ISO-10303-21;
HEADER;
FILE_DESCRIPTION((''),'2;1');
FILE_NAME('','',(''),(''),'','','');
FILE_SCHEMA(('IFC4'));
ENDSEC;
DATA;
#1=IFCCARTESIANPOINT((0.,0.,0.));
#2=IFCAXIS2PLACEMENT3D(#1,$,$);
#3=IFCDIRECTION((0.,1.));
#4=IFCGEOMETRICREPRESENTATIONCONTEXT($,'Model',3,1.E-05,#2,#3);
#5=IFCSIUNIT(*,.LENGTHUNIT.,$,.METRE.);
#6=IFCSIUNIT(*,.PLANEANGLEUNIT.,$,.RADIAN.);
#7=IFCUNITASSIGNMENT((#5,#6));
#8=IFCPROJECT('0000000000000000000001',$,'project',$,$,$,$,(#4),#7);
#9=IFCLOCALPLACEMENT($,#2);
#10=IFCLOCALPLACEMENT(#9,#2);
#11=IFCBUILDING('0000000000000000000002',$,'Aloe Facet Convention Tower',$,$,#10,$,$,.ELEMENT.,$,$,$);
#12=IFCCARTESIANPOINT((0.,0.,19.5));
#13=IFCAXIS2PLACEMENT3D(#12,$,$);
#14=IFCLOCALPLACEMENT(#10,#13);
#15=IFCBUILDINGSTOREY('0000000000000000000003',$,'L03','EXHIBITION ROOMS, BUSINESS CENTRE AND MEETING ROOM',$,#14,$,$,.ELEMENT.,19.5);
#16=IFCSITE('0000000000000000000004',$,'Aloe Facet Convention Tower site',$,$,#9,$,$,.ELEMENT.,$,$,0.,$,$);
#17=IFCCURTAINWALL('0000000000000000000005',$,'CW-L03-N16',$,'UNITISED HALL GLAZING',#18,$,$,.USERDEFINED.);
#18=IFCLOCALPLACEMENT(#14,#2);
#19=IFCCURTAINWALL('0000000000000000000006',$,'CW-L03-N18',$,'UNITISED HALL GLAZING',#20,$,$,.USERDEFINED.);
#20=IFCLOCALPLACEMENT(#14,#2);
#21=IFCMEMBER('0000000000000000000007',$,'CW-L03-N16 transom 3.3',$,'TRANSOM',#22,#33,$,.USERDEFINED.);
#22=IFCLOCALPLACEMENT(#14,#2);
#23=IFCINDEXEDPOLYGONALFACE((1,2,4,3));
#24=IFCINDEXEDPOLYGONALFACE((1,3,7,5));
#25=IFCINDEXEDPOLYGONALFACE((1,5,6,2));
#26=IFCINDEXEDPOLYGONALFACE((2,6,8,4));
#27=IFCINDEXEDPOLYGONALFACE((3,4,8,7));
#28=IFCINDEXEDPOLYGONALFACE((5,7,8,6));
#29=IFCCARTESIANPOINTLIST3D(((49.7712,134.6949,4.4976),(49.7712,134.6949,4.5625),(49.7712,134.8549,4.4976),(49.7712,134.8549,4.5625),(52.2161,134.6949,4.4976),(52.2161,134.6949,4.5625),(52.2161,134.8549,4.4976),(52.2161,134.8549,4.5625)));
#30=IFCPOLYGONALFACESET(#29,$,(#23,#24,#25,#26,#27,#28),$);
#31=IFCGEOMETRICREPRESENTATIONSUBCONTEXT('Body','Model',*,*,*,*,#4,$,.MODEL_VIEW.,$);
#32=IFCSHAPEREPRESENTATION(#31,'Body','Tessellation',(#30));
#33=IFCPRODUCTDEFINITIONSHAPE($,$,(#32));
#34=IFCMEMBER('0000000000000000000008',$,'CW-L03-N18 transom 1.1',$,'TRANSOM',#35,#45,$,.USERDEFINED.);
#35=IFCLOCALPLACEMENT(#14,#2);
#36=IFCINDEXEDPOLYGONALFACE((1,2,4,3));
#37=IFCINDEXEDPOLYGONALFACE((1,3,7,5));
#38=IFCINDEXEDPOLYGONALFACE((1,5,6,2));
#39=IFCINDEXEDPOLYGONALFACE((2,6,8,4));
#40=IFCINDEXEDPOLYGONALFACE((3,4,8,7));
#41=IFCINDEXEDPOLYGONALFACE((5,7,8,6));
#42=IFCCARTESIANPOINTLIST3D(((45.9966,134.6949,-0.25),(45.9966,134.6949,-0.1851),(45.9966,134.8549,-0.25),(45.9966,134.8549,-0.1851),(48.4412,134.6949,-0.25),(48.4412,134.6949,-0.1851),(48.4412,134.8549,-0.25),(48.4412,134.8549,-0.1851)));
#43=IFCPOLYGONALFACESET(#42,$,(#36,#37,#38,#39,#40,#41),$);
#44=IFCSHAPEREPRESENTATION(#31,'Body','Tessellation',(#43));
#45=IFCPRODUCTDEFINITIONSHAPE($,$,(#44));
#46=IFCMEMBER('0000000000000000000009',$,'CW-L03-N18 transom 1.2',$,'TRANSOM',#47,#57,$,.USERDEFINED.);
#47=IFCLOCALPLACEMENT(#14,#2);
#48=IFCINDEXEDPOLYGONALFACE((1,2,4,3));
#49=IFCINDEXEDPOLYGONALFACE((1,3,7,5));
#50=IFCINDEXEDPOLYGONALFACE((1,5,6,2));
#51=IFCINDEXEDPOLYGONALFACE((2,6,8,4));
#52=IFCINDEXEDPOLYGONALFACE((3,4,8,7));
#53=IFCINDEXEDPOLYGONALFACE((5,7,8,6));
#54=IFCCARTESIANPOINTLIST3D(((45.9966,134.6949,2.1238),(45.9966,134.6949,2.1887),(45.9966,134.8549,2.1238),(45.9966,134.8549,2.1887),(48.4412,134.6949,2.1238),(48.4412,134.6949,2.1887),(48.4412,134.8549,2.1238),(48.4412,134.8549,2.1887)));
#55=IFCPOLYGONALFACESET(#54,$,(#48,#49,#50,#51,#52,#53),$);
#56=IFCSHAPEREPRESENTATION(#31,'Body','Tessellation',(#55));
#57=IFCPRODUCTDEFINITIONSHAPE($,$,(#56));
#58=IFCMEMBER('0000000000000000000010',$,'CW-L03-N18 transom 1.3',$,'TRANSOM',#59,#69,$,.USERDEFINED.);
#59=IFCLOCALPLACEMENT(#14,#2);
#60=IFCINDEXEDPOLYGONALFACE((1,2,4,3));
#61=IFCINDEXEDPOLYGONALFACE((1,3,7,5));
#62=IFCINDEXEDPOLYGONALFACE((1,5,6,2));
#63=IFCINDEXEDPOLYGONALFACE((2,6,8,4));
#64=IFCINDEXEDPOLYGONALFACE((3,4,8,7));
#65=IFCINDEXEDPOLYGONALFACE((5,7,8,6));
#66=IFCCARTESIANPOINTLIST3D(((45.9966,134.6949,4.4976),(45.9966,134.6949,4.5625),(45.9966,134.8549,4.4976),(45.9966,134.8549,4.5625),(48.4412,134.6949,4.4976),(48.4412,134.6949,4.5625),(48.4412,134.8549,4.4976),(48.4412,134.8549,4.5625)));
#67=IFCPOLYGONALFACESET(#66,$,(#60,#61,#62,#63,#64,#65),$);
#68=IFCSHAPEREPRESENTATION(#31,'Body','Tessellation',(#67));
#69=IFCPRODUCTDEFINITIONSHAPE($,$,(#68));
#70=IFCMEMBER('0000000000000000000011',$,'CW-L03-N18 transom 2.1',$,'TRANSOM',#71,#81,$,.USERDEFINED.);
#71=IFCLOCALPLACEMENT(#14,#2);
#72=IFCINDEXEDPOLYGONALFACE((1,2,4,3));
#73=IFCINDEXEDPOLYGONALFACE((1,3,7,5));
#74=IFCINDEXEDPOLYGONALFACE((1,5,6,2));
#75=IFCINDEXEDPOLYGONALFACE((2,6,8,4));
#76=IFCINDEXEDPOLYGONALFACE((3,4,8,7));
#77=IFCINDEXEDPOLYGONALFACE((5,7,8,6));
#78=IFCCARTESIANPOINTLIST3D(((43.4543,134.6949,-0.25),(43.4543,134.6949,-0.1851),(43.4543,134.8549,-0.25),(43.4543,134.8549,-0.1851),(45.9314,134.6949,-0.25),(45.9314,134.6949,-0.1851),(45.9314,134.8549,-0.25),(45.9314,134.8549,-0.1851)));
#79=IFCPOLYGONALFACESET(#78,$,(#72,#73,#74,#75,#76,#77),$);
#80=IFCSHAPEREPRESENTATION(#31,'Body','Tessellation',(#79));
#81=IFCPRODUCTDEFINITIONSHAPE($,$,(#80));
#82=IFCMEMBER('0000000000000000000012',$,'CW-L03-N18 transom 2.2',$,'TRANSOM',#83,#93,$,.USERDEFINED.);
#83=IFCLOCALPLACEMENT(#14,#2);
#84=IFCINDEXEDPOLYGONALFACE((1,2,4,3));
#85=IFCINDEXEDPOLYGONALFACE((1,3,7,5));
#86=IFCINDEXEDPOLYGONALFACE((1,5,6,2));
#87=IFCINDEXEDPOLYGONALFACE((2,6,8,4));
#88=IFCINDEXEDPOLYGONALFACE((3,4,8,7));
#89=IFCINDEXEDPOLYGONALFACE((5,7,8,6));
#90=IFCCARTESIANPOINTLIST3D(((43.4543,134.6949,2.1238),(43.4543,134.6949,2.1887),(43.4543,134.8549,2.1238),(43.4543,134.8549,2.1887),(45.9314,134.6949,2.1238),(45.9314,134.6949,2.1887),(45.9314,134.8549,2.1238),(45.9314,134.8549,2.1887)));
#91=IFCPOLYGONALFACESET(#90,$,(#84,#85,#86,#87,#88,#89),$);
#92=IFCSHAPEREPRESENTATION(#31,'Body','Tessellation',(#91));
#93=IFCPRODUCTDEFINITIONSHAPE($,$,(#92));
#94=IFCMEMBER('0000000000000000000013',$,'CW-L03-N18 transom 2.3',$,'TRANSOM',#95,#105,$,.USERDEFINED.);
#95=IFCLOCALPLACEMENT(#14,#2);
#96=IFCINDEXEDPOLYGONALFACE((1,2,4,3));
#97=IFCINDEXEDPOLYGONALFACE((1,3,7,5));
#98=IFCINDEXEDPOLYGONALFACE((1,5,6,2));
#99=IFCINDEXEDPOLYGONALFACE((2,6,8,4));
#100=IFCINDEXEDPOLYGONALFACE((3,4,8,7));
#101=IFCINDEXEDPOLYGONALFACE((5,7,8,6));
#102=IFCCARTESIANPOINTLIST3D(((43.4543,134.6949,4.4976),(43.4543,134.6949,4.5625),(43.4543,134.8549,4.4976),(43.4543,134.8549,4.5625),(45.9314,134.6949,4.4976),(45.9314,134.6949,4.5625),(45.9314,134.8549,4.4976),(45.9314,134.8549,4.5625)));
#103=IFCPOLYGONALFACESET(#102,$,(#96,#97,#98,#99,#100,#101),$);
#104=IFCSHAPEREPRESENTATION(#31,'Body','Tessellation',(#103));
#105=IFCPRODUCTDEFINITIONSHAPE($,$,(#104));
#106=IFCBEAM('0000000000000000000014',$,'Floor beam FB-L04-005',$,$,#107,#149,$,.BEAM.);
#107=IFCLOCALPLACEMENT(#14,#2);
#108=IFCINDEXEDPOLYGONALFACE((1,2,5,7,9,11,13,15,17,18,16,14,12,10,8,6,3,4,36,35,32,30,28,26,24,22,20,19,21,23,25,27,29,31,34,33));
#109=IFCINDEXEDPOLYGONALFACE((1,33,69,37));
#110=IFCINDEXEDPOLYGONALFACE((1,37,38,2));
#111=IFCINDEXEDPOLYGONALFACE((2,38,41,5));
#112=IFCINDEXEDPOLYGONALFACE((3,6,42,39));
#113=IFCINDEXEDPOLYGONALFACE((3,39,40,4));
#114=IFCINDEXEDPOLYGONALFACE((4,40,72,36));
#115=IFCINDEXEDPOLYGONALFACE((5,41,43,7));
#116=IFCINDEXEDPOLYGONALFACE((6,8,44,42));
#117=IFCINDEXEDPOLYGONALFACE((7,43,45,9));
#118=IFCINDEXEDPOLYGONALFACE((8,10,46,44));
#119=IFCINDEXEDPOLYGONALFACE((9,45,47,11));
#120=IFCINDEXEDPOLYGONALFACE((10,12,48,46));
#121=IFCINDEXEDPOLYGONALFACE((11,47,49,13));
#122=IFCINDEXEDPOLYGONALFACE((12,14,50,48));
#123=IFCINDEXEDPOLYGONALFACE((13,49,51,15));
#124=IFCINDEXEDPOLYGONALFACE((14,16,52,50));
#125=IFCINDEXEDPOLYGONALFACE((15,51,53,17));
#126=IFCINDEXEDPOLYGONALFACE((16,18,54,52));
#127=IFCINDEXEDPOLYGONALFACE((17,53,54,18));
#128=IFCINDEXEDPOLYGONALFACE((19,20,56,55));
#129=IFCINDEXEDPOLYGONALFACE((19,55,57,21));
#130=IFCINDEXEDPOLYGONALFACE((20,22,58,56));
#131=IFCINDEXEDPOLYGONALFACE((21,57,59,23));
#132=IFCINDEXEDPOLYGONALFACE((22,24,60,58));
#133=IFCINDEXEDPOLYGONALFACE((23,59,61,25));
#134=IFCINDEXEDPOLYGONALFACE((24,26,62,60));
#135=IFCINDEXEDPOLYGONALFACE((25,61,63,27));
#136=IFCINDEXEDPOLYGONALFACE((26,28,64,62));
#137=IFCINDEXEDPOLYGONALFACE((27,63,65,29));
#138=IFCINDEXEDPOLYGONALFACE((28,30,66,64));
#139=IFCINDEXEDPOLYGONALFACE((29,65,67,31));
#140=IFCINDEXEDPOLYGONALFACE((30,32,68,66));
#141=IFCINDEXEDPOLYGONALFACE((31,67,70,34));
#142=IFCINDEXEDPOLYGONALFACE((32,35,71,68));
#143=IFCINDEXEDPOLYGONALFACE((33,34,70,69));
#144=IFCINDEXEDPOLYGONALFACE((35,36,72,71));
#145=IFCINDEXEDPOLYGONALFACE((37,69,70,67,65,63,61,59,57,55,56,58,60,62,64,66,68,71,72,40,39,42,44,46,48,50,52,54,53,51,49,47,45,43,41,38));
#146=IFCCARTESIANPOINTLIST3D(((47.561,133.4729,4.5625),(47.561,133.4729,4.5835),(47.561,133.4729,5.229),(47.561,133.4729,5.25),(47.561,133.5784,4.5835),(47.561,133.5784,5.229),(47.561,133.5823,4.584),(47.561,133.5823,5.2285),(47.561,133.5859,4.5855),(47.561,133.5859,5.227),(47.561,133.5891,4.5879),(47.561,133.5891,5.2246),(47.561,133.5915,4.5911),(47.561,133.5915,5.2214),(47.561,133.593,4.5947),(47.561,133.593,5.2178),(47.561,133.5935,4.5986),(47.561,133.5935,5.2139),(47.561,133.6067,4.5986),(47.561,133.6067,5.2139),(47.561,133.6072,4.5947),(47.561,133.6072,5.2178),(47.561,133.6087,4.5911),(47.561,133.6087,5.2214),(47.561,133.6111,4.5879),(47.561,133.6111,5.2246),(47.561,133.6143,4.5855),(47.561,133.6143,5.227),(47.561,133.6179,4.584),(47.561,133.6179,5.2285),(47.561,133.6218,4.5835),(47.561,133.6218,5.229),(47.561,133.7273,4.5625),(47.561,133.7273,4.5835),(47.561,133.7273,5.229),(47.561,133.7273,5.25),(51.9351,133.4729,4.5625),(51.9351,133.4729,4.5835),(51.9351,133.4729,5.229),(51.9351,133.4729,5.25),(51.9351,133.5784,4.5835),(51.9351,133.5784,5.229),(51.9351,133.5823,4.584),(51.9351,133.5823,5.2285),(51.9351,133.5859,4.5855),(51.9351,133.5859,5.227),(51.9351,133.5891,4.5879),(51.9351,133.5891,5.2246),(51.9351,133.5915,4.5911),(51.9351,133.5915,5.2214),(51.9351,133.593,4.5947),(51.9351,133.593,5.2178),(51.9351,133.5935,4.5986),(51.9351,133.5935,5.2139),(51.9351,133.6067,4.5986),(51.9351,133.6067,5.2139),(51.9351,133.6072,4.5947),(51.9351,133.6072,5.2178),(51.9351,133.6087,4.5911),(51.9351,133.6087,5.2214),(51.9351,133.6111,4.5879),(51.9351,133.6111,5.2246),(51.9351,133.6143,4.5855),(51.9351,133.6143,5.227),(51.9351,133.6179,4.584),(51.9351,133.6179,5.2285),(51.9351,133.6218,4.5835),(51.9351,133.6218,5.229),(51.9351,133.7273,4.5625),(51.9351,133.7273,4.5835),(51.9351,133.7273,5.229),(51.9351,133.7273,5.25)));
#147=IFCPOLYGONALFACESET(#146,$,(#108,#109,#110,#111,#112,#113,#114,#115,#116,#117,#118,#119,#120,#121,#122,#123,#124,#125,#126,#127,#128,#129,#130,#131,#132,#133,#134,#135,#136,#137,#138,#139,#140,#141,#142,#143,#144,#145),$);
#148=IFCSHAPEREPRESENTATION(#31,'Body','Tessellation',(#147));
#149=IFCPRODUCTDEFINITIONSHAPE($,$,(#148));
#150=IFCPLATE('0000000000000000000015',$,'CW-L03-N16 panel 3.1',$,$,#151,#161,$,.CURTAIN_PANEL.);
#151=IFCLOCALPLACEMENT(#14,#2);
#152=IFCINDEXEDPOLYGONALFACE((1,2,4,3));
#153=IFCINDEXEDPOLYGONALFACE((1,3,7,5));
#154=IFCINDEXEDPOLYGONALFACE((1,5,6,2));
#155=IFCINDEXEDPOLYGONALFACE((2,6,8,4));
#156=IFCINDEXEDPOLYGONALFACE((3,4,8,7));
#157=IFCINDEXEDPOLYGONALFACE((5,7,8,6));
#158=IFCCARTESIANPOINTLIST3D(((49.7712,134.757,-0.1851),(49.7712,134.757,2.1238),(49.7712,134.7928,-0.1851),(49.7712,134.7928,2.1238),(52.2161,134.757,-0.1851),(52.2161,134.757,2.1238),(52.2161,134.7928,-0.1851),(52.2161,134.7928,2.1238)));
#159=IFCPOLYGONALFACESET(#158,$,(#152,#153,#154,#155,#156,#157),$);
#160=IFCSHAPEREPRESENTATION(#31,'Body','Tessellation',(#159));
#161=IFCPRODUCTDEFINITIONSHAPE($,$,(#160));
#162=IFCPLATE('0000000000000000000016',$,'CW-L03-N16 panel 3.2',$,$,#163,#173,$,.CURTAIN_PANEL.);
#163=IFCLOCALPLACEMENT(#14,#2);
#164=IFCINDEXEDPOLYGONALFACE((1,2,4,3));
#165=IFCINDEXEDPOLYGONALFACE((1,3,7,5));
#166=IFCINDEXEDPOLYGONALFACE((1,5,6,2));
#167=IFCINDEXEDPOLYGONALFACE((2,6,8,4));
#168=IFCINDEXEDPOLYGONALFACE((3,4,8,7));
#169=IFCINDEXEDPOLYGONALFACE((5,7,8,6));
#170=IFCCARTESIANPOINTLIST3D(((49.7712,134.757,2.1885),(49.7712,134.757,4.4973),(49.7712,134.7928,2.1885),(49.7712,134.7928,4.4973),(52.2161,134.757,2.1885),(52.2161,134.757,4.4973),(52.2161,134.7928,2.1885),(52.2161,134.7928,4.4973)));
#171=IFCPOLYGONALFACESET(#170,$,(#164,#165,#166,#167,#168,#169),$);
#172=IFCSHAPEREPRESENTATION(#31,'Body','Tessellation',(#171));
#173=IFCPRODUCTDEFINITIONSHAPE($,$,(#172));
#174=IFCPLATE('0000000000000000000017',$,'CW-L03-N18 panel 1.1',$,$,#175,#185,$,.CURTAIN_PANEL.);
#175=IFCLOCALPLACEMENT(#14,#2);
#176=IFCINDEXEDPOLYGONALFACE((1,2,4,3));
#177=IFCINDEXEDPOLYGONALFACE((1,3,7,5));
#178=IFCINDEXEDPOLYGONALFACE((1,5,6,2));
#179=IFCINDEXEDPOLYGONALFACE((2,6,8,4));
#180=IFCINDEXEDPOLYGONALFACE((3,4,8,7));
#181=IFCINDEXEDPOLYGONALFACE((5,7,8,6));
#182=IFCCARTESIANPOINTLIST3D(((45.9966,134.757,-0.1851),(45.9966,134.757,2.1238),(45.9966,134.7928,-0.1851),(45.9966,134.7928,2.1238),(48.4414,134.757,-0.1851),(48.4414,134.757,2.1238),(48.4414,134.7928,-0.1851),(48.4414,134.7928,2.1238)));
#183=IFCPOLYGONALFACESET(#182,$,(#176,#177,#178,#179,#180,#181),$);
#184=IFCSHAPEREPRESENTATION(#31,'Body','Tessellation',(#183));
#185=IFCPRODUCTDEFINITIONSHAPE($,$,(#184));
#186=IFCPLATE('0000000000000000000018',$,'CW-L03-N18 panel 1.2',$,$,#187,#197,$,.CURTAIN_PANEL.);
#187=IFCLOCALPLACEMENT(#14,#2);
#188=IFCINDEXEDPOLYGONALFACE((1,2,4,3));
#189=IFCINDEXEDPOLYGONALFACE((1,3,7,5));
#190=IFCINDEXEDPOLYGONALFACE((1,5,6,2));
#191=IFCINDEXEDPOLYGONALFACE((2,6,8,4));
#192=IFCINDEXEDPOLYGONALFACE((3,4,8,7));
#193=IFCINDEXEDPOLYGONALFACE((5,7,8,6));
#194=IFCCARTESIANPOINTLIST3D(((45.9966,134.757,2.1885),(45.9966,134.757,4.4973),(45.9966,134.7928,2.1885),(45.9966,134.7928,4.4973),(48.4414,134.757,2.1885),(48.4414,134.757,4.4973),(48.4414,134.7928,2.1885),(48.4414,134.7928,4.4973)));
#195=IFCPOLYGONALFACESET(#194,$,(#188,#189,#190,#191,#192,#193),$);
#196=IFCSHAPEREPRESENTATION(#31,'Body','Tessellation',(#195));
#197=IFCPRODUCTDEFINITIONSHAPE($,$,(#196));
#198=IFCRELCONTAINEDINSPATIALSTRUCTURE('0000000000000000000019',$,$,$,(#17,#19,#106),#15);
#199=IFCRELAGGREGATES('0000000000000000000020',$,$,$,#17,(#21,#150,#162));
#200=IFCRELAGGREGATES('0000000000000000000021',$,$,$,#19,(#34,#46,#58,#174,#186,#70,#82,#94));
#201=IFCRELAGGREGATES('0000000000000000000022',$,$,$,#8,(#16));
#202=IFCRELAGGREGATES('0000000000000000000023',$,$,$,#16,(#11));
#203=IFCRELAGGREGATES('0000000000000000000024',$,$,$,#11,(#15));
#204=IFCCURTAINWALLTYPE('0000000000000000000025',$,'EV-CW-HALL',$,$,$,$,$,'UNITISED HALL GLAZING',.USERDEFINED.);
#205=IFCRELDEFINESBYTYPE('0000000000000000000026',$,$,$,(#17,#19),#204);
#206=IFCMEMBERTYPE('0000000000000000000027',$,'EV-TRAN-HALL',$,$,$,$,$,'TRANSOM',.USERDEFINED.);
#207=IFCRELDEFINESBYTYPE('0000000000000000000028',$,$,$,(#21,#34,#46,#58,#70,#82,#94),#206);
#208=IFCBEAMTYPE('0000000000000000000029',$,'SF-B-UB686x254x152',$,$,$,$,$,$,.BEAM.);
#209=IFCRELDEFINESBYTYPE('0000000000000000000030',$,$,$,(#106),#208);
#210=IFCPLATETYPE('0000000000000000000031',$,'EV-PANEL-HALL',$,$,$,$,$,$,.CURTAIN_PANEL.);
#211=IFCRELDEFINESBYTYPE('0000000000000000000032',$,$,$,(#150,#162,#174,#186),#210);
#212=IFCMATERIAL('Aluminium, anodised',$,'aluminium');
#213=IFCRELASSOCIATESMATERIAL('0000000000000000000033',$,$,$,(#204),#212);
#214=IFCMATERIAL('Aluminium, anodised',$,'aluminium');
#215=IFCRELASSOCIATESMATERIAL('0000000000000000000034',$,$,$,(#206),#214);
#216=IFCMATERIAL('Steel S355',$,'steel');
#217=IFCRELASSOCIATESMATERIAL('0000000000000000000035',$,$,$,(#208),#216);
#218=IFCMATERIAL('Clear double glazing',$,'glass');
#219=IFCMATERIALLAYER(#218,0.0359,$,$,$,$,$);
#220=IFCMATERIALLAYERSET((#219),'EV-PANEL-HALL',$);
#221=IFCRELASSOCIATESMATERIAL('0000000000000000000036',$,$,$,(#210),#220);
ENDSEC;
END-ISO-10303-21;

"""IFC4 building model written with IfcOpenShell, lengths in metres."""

from ifc_helpers import new_model, si_unit, direction, frame, origin, origin_2d, place, context, subcontext, project, spatial, rectangle, i_section, extrude, material, layer, layer_set, material_profile, profile_set, type_object, element, aggregate, save


model = new_model("IFC4")

# Units and contexts
model_context = context("Model", 3, precision=1e-05, world=origin(), true_north=direction((0.0, 1.0)))
body_context = subcontext(model_context, "Body", "Model", "MODEL_VIEW")
ifc_project = project(units=[si_unit("LENGTHUNIT", "METRE"), si_unit("PLANEANGLEUNIT", "RADIAN")], contexts=[model_context])

# Site, building, storey
site_placement = place(None, origin())
site = spatial("IfcSite", under=ifc_project, at=site_placement, Name="Aloe Facet Convention Tower site", CompositionType="ELEMENT", RefElevation=0.0)
building_placement = place(site_placement, origin())
building = spatial("IfcBuilding", under=site, at=building_placement, Name="Aloe Facet Convention Tower", CompositionType="ELEMENT")
storey_placement = place(building_placement, frame((0.0, 0.0, 19.5)))
storey = spatial("IfcBuildingStorey", under=building, at=storey_placement, Name="L03", Description="EXHIBITION ROOMS, BUSINESS CENTRE AND MEETING ROOM", CompositionType="ELEMENT", Elevation=19.5)

# Curtain wall
ifc_material_1 = material(Name="Aluminium, anodised", Category="aluminium")
curtain_wall_type = type_object("IfcCurtainWallType", Name="EV-CW-HALL", ElementType="UNITISED HALL GLAZING", PredefinedType="USERDEFINED", material=ifc_material_1)
curtain_wall_1_placement = place(storey_placement, origin())
curtain_wall_1 = element("IfcCurtainWall", 1, at=curtain_wall_1_placement, inside=storey, type_object=curtain_wall_type, Name="CW-L03-N16", ObjectType="UNITISED HALL GLAZING", PredefinedType="USERDEFINED")

# Curtain wall
curtain_wall_2_placement = place(storey_placement, origin())
curtain_wall_2 = element("IfcCurtainWall", 2, at=curtain_wall_2_placement, inside=storey, type_object=curtain_wall_type, Name="CW-L03-N18", ObjectType="UNITISED HALL GLAZING", PredefinedType="USERDEFINED")

# Members
ifc_material_2 = material(Name="Aluminium, anodised", Category="aluminium")
ifc_material_profile_1 = material_profile(ifc_material_2, rectangle(XDim=0.1599, YDim=0.0649, at=origin_2d()), Name="AL 160x65")
ifc_profile_set_1 = profile_set([ifc_material_profile_1], Name="Aluminium, anodised")
member_type_1 = type_object("IfcMemberType", Name="EV-TRAN-HALL", ElementType="TRANSOM", PredefinedType="USERDEFINED", material=ifc_profile_set_1)
member_1_placement = place(storey_placement, frame((52.2161, 134.7749, 4.53), z_axis=(-1.0, 0.0, 0.0), x_axis=(0.0, -1.0, 0.0)))
member_1 = element("IfcMember", 3, at=member_1_placement, type_object=member_type_1, Name="CW-L03-N16 transom 3.3", ObjectType="TRANSOM", PredefinedType="USERDEFINED", context=body_context, shape_type="SweptSolid", body=[
    extrude(rectangle(XDim=0.1599, YDim=0.0649, at=origin_2d()), origin(), (0.0, 0.0, 1.0), 2.4448),
])
member_2_placement = place(storey_placement, frame((48.4412, 134.7749, -0.2175), z_axis=(-1.0, 0.0, 0.0), x_axis=(0.0, -1.0, 0.0)))
member_2 = element("IfcMember", 4, at=member_2_placement, type_object=member_type_1, Name="CW-L03-N18 transom 1.1", ObjectType="TRANSOM", PredefinedType="USERDEFINED", context=body_context, shape_type="SweptSolid", body=[
    extrude(rectangle(XDim=0.1599, YDim=0.0649, at=origin_2d()), origin(), (0.0, 0.0, 1.0), 2.4446),
])
member_3_placement = place(storey_placement, frame((48.4412, 134.7749, 2.1562), z_axis=(-1.0, 0.0, 0.0), x_axis=(0.0, -1.0, 0.0)))
member_3 = element("IfcMember", 5, at=member_3_placement, type_object=member_type_1, Name="CW-L03-N18 transom 1.2", ObjectType="TRANSOM", PredefinedType="USERDEFINED", context=body_context, shape_type="SweptSolid", body=[
    extrude(rectangle(XDim=0.1599, YDim=0.0649, at=origin_2d()), origin(), (0.0, 0.0, 1.0), 2.4446),
])
member_4_placement = place(storey_placement, frame((48.4412, 134.7749, 4.53), z_axis=(-1.0, 0.0, 0.0), x_axis=(0.0, -1.0, 0.0)))
member_4 = element("IfcMember", 6, at=member_4_placement, type_object=member_type_1, Name="CW-L03-N18 transom 1.3", ObjectType="TRANSOM", PredefinedType="USERDEFINED", context=body_context, shape_type="SweptSolid", body=[
    extrude(rectangle(XDim=0.1599, YDim=0.0649, at=origin_2d()), origin(), (0.0, 0.0, 1.0), 2.4446),
])
member_5_placement = place(storey_placement, frame((45.9314, 134.7749, -0.2175), z_axis=(-1.0, 0.0, 0.0), x_axis=(0.0, -1.0, 0.0)))
member_5 = element("IfcMember", 7, at=member_5_placement, type_object=member_type_1, Name="CW-L03-N18 transom 2.1", ObjectType="TRANSOM", PredefinedType="USERDEFINED", context=body_context, shape_type="SweptSolid", body=[
    extrude(rectangle(XDim=0.1599, YDim=0.0649, at=origin_2d()), origin(), (0.0, 0.0, 1.0), 2.4771),
])
member_6_placement = place(storey_placement, frame((45.9314, 134.7749, 2.1562), z_axis=(-1.0, 0.0, 0.0), x_axis=(0.0, -1.0, 0.0)))
member_6 = element("IfcMember", 8, at=member_6_placement, type_object=member_type_1, Name="CW-L03-N18 transom 2.2", ObjectType="TRANSOM", PredefinedType="USERDEFINED", context=body_context, shape_type="SweptSolid", body=[
    extrude(rectangle(XDim=0.1599, YDim=0.0649, at=origin_2d()), origin(), (0.0, 0.0, 1.0), 2.4771),
])
member_7_placement = place(storey_placement, frame((45.9314, 134.7749, 4.53), z_axis=(-1.0, 0.0, 0.0), x_axis=(0.0, -1.0, 0.0)))
member_7 = element("IfcMember", 9, at=member_7_placement, type_object=member_type_1, Name="CW-L03-N18 transom 2.3", ObjectType="TRANSOM", PredefinedType="USERDEFINED", context=body_context, shape_type="SweptSolid", body=[
    extrude(rectangle(XDim=0.1599, YDim=0.0649, at=origin_2d()), origin(), (0.0, 0.0, 1.0), 2.4771),
])

# Beam
ifc_material_3 = material(Name="Steel S355", Category="steel")
ifc_material_profile_2 = material_profile(ifc_material_3, i_section(OverallWidth=0.2544, OverallDepth=0.6875, WebThickness=0.0132, FlangeThickness=0.021, FilletRadius=0.0151, at=origin_2d()), Name="UB 686x254x152")
ifc_profile_set_2 = profile_set([ifc_material_profile_2], Name="Steel S355")
beam_type_1 = type_object("IfcBeamType", Name="SF-B-UB686x254x152", PredefinedType="BEAM", material=ifc_profile_set_2)
beam_1_placement = place(storey_placement, frame((47.561, 133.6001, 4.9062), z_axis=(1.0, 0.0, 0.0), x_axis=(0.0, 1.0, 0.0)))
element("IfcBeam", 10, at=beam_1_placement, inside=storey, type_object=beam_type_1, Name="Floor beam FB-L04-005", PredefinedType="BEAM", context=body_context, shape_type="SweptSolid", body=[
    extrude(i_section(OverallWidth=0.2544, OverallDepth=0.6875, WebThickness=0.0132, FlangeThickness=0.021, FilletRadius=0.0151, at=origin_2d()), origin(), (0.0, 0.0, 1.0), 4.374),
])

# Plates
ifc_material_4 = material(Name="Clear double glazing", Category="glass")
ifc_layer_1 = layer(ifc_material_4, 0.0359)
ifc_layer_set_1 = layer_set([ifc_layer_1], Name="EV-PANEL-HALL")
plate_type = type_object("IfcPlateType", Name="EV-PANEL-HALL", PredefinedType="CURTAIN_PANEL", material=ifc_layer_set_1)
plate_1_placement = place(storey_placement, frame((50.9937, 134.7749, -0.1851), z_axis=(0.0, 0.0, 1.0), x_axis=(-1.0, 0.0, 0.0)))
plate_1 = element("IfcPlate", 11, at=plate_1_placement, type_object=plate_type, Name="CW-L03-N16 panel 3.1", PredefinedType="CURTAIN_PANEL", context=body_context, shape_type="SweptSolid", body=[
    extrude(rectangle(XDim=2.4448, YDim=0.0359, at=origin_2d()), origin(), (0.0, 0.0, 1.0), 2.3088),
])
plate_2_placement = place(storey_placement, frame((50.9937, 134.7749, 2.1885), z_axis=(0.0, 0.0, 1.0), x_axis=(-1.0, 0.0, 0.0)))
plate_2 = element("IfcPlate", 12, at=plate_2_placement, type_object=plate_type, Name="CW-L03-N16 panel 3.2", PredefinedType="CURTAIN_PANEL", context=body_context, shape_type="SweptSolid", body=[
    extrude(rectangle(XDim=2.4448, YDim=0.0359, at=origin_2d()), origin(), (0.0, 0.0, 1.0), 2.3088),
])
aggregate(curtain_wall_1, [member_1, plate_1, plate_2])
plate_3_placement = place(storey_placement, frame((47.219, 134.7749, -0.1851), z_axis=(0.0, 0.0, 1.0), x_axis=(-1.0, 0.0, 0.0)))
plate_3 = element("IfcPlate", 13, at=plate_3_placement, type_object=plate_type, Name="CW-L03-N18 panel 1.1", PredefinedType="CURTAIN_PANEL", context=body_context, shape_type="SweptSolid", body=[
    extrude(rectangle(XDim=2.4448, YDim=0.0359, at=origin_2d()), origin(), (0.0, 0.0, 1.0), 2.3088),
])
plate_4_placement = place(storey_placement, frame((47.219, 134.7749, 2.1885), z_axis=(0.0, 0.0, 1.0), x_axis=(-1.0, 0.0, 0.0)))
plate_4 = element("IfcPlate", 14, at=plate_4_placement, type_object=plate_type, Name="CW-L03-N18 panel 1.2", PredefinedType="CURTAIN_PANEL", context=body_context, shape_type="SweptSolid", body=[
    extrude(rectangle(XDim=2.4448, YDim=0.0359, at=origin_2d()), origin(), (0.0, 0.0, 1.0), 2.3088),
])
aggregate(curtain_wall_2, [member_2, member_3, member_4, plate_3, plate_4, member_5, member_6, member_7])

save(model, "model.ifc")
